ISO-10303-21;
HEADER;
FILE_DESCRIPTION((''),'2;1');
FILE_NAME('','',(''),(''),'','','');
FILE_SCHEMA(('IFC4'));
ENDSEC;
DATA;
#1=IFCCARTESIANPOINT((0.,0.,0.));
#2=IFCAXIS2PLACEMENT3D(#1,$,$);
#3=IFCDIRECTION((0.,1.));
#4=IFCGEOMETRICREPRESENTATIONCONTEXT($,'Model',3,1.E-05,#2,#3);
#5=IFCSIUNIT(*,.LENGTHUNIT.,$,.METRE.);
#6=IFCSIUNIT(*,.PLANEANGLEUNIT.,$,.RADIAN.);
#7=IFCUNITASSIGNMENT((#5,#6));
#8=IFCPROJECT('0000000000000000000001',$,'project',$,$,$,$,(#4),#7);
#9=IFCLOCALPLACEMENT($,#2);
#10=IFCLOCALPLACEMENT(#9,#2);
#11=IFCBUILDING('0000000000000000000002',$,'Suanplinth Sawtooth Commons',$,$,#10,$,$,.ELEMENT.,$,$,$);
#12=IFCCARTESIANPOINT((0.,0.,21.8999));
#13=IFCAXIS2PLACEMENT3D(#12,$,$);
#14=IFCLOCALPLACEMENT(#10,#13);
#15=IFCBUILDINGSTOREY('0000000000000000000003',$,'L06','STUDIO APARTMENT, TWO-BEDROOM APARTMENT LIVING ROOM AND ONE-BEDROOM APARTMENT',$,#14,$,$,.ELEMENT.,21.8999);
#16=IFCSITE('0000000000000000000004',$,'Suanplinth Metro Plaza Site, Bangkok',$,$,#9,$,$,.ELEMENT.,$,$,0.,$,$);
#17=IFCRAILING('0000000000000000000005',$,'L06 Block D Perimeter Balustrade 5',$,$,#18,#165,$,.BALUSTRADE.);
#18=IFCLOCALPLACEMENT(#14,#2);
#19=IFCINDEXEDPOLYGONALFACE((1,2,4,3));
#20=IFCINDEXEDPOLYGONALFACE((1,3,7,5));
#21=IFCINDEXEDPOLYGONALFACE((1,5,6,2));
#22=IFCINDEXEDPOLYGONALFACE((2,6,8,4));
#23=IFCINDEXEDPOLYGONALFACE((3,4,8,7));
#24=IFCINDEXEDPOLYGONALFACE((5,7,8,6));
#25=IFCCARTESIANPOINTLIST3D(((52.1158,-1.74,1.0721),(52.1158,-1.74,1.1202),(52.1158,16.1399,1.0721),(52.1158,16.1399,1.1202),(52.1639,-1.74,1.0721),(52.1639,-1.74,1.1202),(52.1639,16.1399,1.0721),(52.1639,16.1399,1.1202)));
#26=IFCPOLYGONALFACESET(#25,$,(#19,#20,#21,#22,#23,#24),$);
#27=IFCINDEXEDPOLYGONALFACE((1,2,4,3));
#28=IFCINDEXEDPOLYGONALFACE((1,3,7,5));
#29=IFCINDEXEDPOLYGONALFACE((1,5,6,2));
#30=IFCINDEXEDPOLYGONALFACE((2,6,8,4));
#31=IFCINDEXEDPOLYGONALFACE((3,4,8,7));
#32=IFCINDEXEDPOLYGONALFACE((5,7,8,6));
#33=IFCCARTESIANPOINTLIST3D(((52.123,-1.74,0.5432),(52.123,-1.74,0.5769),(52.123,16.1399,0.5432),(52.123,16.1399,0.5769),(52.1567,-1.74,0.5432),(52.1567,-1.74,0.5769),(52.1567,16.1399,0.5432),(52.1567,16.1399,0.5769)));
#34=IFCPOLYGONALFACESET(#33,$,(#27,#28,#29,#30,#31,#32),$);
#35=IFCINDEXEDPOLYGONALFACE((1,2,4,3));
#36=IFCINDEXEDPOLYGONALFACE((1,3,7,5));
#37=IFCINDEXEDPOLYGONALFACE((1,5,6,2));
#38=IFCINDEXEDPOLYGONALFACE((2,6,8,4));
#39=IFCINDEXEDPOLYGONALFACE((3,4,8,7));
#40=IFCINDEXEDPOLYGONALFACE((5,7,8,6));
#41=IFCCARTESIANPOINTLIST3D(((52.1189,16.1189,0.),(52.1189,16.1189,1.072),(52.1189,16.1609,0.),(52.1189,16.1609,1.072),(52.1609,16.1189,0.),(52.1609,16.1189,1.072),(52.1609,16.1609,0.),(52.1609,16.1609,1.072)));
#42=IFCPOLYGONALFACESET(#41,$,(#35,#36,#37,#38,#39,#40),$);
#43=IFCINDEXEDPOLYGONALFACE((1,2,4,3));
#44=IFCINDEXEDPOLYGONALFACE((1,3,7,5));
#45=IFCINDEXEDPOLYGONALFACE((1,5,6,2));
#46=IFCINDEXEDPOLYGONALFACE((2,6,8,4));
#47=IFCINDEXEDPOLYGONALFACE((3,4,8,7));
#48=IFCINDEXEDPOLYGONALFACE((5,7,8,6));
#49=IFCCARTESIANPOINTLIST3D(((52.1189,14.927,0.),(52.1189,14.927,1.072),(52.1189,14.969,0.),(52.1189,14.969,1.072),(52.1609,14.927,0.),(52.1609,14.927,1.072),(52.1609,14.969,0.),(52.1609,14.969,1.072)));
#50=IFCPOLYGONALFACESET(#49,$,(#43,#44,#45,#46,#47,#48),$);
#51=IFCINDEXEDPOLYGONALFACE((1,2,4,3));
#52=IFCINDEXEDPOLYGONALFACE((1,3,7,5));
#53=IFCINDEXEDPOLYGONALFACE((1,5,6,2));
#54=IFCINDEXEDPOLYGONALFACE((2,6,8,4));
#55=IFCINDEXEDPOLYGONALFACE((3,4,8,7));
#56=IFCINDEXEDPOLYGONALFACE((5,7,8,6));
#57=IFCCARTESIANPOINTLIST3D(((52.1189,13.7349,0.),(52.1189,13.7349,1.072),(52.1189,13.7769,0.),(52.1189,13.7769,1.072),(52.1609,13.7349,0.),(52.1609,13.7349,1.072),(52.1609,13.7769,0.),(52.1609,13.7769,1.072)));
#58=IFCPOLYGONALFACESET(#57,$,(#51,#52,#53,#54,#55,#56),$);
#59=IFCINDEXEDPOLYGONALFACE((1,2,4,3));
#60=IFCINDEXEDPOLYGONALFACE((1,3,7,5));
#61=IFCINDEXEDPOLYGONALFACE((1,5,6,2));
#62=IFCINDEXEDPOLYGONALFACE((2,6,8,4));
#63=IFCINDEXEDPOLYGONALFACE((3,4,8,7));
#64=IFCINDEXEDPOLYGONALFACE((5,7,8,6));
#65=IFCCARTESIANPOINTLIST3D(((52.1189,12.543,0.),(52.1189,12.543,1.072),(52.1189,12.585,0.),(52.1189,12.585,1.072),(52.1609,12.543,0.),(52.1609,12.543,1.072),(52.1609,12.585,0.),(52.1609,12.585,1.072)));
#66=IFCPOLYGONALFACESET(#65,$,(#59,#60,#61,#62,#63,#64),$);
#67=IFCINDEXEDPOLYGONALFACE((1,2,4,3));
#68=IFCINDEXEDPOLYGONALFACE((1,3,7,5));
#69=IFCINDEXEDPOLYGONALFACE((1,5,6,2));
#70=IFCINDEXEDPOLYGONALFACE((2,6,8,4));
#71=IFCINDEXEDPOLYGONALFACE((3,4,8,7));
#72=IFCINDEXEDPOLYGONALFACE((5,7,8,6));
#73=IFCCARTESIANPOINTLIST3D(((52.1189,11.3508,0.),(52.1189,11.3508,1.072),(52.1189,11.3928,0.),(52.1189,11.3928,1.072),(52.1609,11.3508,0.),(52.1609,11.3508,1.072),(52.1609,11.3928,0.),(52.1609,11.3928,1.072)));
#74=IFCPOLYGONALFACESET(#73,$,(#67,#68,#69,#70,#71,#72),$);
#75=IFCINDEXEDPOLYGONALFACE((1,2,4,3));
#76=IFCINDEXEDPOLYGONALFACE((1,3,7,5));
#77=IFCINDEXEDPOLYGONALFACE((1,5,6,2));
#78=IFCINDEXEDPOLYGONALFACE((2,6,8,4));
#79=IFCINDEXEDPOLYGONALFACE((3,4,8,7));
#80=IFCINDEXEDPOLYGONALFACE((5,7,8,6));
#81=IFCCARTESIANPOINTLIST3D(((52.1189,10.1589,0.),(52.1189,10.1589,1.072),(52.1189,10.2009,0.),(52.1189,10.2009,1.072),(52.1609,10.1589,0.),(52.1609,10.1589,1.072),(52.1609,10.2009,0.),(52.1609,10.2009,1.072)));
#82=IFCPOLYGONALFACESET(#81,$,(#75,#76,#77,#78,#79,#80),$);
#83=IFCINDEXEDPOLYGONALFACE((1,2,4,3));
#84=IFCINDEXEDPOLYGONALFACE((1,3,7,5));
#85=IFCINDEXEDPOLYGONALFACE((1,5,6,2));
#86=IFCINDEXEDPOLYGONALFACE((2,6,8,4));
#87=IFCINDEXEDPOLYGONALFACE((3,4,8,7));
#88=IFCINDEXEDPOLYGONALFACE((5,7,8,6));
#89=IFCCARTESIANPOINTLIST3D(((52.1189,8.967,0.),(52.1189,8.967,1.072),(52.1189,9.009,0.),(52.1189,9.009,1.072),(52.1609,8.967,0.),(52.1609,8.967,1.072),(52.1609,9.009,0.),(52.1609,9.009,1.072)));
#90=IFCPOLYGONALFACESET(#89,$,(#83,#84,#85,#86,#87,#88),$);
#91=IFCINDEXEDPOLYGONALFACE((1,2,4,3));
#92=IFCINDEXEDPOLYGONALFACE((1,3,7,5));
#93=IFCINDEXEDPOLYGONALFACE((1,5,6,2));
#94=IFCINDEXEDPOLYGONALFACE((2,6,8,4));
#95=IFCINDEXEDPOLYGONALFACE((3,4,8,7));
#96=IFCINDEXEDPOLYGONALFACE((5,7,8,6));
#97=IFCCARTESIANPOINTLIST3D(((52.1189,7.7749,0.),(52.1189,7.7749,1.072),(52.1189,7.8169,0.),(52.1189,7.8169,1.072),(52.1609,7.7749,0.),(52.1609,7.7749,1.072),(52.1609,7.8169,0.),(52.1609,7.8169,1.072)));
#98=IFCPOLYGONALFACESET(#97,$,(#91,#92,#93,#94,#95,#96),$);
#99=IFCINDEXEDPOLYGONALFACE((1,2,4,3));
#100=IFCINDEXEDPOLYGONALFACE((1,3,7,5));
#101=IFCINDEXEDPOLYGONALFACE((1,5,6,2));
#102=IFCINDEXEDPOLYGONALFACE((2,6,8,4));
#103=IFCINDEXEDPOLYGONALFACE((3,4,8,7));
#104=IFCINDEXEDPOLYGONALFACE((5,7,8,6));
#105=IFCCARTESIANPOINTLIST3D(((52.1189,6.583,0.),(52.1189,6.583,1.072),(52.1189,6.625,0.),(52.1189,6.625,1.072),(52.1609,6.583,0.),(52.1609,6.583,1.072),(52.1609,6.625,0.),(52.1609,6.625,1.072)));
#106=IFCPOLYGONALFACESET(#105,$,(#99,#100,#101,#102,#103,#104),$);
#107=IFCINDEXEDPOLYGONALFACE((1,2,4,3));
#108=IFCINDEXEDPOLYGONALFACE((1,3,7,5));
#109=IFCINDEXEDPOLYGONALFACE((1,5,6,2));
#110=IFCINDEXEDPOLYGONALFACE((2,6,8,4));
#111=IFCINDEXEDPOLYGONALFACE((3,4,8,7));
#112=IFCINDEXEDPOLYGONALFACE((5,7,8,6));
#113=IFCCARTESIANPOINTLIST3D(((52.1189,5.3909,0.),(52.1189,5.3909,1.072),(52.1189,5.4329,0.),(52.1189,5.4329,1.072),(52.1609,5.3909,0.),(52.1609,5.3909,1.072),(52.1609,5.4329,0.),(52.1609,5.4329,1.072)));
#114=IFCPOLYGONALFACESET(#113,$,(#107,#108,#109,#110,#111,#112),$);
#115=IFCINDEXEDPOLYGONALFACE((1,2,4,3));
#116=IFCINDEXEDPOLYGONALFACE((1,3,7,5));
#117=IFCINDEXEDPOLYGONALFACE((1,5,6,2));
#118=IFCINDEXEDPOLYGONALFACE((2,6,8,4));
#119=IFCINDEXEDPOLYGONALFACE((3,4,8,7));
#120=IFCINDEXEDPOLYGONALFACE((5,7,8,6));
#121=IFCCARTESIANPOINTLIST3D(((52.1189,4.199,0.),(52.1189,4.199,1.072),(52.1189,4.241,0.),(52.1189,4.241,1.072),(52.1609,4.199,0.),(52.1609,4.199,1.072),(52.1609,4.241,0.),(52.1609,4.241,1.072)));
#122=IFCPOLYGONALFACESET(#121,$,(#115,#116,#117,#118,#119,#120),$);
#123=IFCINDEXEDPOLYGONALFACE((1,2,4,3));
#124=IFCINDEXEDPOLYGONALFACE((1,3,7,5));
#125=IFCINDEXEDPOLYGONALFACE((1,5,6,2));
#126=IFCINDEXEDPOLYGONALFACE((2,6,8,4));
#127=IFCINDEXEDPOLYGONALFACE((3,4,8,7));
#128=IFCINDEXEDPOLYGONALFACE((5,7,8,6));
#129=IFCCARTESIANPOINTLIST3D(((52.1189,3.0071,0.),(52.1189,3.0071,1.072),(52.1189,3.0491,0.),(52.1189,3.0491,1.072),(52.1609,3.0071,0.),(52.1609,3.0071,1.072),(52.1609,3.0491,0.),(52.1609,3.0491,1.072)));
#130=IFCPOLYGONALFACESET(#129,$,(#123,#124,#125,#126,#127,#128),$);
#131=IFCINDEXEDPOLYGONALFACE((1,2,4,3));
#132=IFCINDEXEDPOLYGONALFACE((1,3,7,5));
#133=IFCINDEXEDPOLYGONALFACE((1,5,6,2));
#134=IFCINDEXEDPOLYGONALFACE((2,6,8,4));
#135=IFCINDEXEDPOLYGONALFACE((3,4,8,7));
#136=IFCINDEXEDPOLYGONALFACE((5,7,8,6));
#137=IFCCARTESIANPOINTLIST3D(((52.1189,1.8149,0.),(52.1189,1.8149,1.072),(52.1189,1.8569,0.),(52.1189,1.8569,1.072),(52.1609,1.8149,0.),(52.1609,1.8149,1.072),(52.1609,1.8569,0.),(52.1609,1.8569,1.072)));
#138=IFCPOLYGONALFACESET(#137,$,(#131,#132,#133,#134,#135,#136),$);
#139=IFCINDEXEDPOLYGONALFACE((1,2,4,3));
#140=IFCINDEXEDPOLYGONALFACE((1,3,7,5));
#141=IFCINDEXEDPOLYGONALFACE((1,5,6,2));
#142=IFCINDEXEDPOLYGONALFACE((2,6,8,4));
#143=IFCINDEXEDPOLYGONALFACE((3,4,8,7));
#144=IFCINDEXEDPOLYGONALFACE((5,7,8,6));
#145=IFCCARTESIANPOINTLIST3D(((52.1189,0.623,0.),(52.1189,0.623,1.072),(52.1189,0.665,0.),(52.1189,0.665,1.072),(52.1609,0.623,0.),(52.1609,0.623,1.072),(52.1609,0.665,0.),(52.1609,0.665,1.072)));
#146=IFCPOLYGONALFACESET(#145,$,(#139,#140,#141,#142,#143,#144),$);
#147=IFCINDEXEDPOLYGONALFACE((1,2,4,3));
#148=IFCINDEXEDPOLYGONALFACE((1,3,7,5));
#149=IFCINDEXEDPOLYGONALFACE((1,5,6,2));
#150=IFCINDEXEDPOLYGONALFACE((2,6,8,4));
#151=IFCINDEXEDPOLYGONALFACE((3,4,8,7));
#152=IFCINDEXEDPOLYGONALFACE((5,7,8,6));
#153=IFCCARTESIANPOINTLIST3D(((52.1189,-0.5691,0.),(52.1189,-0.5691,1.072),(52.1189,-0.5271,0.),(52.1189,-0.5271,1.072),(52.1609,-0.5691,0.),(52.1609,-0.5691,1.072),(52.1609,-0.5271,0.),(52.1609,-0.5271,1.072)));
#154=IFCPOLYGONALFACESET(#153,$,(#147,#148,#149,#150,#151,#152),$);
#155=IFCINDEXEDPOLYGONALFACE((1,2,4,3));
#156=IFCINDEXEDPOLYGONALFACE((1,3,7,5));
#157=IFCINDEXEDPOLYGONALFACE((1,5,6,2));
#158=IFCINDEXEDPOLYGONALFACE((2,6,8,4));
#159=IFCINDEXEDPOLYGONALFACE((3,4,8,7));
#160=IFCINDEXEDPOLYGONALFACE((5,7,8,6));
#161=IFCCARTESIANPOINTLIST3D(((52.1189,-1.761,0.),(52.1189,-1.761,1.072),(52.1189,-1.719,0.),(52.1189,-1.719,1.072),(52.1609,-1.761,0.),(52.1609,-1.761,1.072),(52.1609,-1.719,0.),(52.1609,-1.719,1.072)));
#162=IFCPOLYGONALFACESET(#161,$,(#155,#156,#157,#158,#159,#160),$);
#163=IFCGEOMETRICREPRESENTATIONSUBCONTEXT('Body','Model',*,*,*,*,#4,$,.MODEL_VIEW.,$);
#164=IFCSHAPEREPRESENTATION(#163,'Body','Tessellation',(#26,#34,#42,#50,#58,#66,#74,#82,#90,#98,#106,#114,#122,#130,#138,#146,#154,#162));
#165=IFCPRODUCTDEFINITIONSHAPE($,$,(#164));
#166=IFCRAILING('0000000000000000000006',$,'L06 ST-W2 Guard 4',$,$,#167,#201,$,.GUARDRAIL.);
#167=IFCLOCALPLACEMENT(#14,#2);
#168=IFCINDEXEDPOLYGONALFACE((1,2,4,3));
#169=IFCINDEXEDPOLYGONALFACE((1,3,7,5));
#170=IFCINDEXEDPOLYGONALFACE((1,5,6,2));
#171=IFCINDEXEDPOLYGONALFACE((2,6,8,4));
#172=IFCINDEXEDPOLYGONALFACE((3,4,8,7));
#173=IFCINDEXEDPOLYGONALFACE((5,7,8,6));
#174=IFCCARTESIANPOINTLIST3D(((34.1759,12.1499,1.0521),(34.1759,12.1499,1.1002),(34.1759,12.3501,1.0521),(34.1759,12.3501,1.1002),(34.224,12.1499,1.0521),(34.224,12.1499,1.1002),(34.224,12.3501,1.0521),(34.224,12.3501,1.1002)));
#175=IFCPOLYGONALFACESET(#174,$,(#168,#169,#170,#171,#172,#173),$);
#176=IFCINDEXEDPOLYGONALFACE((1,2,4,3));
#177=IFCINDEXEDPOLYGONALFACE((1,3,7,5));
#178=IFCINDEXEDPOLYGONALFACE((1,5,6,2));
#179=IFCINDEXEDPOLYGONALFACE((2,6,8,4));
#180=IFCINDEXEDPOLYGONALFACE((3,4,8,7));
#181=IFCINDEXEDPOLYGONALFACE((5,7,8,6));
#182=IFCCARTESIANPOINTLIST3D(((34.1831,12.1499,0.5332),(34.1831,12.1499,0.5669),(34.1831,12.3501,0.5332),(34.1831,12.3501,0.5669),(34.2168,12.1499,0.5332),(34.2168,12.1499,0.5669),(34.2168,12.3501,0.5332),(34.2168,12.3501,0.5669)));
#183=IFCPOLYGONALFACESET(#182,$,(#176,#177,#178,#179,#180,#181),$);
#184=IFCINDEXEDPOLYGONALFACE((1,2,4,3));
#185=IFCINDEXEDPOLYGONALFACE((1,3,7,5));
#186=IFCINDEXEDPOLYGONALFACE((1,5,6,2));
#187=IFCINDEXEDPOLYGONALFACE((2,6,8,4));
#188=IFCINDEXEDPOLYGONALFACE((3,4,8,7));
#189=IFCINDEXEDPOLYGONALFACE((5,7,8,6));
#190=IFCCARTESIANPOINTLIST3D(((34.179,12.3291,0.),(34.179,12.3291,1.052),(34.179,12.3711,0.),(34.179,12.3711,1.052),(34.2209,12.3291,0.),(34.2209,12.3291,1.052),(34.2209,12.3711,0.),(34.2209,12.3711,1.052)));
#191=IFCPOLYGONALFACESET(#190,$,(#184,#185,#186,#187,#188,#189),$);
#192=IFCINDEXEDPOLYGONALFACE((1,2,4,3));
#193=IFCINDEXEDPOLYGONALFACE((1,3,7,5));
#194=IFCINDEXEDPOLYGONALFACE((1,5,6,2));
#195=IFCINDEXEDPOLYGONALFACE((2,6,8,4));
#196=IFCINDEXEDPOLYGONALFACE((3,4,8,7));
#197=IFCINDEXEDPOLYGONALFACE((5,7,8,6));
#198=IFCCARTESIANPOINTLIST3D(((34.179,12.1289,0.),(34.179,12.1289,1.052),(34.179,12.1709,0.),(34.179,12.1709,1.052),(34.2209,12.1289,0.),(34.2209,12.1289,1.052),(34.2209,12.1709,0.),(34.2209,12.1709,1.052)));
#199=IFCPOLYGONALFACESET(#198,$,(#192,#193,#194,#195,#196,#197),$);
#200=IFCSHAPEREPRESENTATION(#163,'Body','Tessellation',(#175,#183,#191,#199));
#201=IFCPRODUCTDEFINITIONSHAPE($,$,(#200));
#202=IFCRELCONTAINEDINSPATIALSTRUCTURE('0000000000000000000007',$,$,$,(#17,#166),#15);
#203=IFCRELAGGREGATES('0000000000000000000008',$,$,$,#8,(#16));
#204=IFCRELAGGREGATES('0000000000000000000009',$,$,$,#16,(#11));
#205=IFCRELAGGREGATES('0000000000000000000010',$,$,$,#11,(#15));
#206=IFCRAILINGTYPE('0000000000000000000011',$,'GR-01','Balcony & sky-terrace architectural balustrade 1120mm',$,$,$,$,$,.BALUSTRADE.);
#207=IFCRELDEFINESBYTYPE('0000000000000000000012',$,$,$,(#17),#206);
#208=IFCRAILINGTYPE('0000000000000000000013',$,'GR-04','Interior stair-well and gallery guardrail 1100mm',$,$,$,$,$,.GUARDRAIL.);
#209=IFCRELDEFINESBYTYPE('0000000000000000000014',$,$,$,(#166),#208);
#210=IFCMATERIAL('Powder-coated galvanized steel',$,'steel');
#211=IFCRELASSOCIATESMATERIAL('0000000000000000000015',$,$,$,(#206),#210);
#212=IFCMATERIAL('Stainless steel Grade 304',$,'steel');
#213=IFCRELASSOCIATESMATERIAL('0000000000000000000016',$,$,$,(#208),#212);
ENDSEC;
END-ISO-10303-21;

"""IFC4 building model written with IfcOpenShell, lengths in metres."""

from ifc_helpers import new_model, si_unit, direction, frame, origin, origin_2d, place, context, subcontext, project, spatial, rectangle, extrude, material, type_object, element, save


model = new_model("IFC4")

# Units and contexts
model_context = context("Model", 3, precision=1e-05, world=origin(), true_north=direction((0.0, 1.0)))
body_context = subcontext(model_context, "Body", "Model", "MODEL_VIEW")
ifc_project = project(units=[si_unit("LENGTHUNIT", "METRE"), si_unit("PLANEANGLEUNIT", "RADIAN")], contexts=[model_context])

# Site, building, storey
site_placement = place(None, origin())
site = spatial("IfcSite", under=ifc_project, at=site_placement, Name="Suanplinth Metro Plaza Site, Bangkok", CompositionType="ELEMENT", RefElevation=0.0)
building_placement = place(site_placement, origin())
building = spatial("IfcBuilding", under=site, at=building_placement, Name="Suanplinth Sawtooth Commons", CompositionType="ELEMENT")
storey_placement = place(building_placement, frame((0.0, 0.0, 21.8999)))
storey = spatial("IfcBuildingStorey", under=building, at=storey_placement, Name="L06", Description="STUDIO APARTMENT, TWO-BEDROOM APARTMENT LIVING ROOM AND ONE-BEDROOM APARTMENT", CompositionType="ELEMENT", Elevation=21.8999)

# Railings
ifc_material_1 = material(Name="Powder-coated galvanized steel", Category="steel")
railing_type_1 = type_object("IfcRailingType", Name="GR-01", Description="Balcony & sky-terrace architectural balustrade 1120mm", PredefinedType="BALUSTRADE", material=ifc_material_1)
railing_1_placement = place(storey_placement, frame((52.1399, 16.1399, 0.0)))
element("IfcRailing", 1, at=railing_1_placement, inside=storey, type_object=railing_type_1, Name="L06 Block D Perimeter Balustrade 5", PredefinedType="BALUSTRADE", context=body_context, shape_type="SweptSolid", body=[
    extrude(rectangle(XDim=0.0481, YDim=0.0481, at=origin_2d()), frame((0.0, 0.0, 1.0962), z_axis=(0.0, -1.0, 0.0), x_axis=(1.0, 0.0, 0.0)), (0.0, 0.0, 1.0), 17.8799),
    extrude(rectangle(XDim=0.0337, YDim=0.0337, at=origin_2d()), frame((0.0, 0.0, 0.5601), z_axis=(0.0, -1.0, 0.0), x_axis=(1.0, 0.0, 0.0)), (0.0, 0.0, 1.0), 17.8799),
    extrude(rectangle(XDim=0.042, YDim=0.042, at=origin_2d()), origin(), (0.0, 0.0, 1.0), 1.072),
    extrude(rectangle(XDim=0.042, YDim=0.042, at=origin_2d()), frame((0.0, -1.1919, 0.0)), (0.0, 0.0, 1.0), 1.072),
    extrude(rectangle(XDim=0.042, YDim=0.042, at=origin_2d()), frame((0.0, -2.384, 0.0)), (0.0, 0.0, 1.0), 1.072),
    extrude(rectangle(XDim=0.042, YDim=0.042, at=origin_2d()), frame((0.0, -3.5759, 0.0)), (0.0, 0.0, 1.0), 1.072),
    extrude(rectangle(XDim=0.042, YDim=0.042, at=origin_2d()), frame((0.0, -4.7681, 0.0)), (0.0, 0.0, 1.0), 1.072),
    extrude(rectangle(XDim=0.042, YDim=0.042, at=origin_2d()), frame((0.0, -5.96, 0.0)), (0.0, 0.0, 1.0), 1.072),
    extrude(rectangle(XDim=0.042, YDim=0.042, at=origin_2d()), frame((0.0, -7.1519, 0.0)), (0.0, 0.0, 1.0), 1.072),
    extrude(rectangle(XDim=0.042, YDim=0.042, at=origin_2d()), frame((0.0, -8.344, 0.0)), (0.0, 0.0, 1.0), 1.072),
    extrude(rectangle(XDim=0.042, YDim=0.042, at=origin_2d()), frame((0.0, -9.5359, 0.0)), (0.0, 0.0, 1.0), 1.072),
    extrude(rectangle(XDim=0.042, YDim=0.042, at=origin_2d()), frame((0.0, -10.728, 0.0)), (0.0, 0.0, 1.0), 1.072),
    extrude(rectangle(XDim=0.042, YDim=0.042, at=origin_2d()), frame((0.0, -11.9199, 0.0)), (0.0, 0.0, 1.0), 1.072),
    extrude(rectangle(XDim=0.042, YDim=0.042, at=origin_2d()), frame((0.0, -13.1118, 0.0)), (0.0, 0.0, 1.0), 1.072),
    extrude(rectangle(XDim=0.042, YDim=0.042, at=origin_2d()), frame((0.0, -14.304, 0.0)), (0.0, 0.0, 1.0), 1.072),
    extrude(rectangle(XDim=0.042, YDim=0.042, at=origin_2d()), frame((0.0, -15.4958, 0.0)), (0.0, 0.0, 1.0), 1.072),
    extrude(rectangle(XDim=0.042, YDim=0.042, at=origin_2d()), frame((0.0, -16.688, 0.0)), (0.0, 0.0, 1.0), 1.072),
    extrude(rectangle(XDim=0.042, YDim=0.042, at=origin_2d()), frame((0.0, -17.8799, 0.0)), (0.0, 0.0, 1.0), 1.072),
])
ifc_material_2 = material(Name="Stainless steel Grade 304", Category="steel")
railing_type_2 = type_object("IfcRailingType", Name="GR-04", Description="Interior stair-well and gallery guardrail 1100mm", PredefinedType="GUARDRAIL", material=ifc_material_2)
railing_2_placement = place(storey_placement, frame((34.2, 12.3501, 0.0)))
element("IfcRailing", 2, at=railing_2_placement, inside=storey, type_object=railing_type_2, Name="L06 ST-W2 Guard 4", PredefinedType="GUARDRAIL", context=body_context, shape_type="SweptSolid", body=[
    extrude(rectangle(XDim=0.0481, YDim=0.0481, at=origin_2d()), frame((0.0, 0.0, 1.0762), z_axis=(0.0, -1.0, 0.0), x_axis=(1.0, 0.0, 0.0)), (0.0, 0.0, 1.0), 0.2002),
    extrude(rectangle(XDim=0.0337, YDim=0.0337, at=origin_2d()), frame((0.0, 0.0, 0.55), z_axis=(0.0, -1.0, 0.0), x_axis=(1.0, 0.0, 0.0)), (0.0, 0.0, 1.0), 0.2002),
    extrude(rectangle(XDim=0.042, YDim=0.042, at=origin_2d()), origin(), (0.0, 0.0, 1.0), 1.052),
    extrude(rectangle(XDim=0.042, YDim=0.042, at=origin_2d()), frame((0.0, -0.2002, 0.0)), (0.0, 0.0, 1.0), 1.052),
])

save(model, "model.ifc")
